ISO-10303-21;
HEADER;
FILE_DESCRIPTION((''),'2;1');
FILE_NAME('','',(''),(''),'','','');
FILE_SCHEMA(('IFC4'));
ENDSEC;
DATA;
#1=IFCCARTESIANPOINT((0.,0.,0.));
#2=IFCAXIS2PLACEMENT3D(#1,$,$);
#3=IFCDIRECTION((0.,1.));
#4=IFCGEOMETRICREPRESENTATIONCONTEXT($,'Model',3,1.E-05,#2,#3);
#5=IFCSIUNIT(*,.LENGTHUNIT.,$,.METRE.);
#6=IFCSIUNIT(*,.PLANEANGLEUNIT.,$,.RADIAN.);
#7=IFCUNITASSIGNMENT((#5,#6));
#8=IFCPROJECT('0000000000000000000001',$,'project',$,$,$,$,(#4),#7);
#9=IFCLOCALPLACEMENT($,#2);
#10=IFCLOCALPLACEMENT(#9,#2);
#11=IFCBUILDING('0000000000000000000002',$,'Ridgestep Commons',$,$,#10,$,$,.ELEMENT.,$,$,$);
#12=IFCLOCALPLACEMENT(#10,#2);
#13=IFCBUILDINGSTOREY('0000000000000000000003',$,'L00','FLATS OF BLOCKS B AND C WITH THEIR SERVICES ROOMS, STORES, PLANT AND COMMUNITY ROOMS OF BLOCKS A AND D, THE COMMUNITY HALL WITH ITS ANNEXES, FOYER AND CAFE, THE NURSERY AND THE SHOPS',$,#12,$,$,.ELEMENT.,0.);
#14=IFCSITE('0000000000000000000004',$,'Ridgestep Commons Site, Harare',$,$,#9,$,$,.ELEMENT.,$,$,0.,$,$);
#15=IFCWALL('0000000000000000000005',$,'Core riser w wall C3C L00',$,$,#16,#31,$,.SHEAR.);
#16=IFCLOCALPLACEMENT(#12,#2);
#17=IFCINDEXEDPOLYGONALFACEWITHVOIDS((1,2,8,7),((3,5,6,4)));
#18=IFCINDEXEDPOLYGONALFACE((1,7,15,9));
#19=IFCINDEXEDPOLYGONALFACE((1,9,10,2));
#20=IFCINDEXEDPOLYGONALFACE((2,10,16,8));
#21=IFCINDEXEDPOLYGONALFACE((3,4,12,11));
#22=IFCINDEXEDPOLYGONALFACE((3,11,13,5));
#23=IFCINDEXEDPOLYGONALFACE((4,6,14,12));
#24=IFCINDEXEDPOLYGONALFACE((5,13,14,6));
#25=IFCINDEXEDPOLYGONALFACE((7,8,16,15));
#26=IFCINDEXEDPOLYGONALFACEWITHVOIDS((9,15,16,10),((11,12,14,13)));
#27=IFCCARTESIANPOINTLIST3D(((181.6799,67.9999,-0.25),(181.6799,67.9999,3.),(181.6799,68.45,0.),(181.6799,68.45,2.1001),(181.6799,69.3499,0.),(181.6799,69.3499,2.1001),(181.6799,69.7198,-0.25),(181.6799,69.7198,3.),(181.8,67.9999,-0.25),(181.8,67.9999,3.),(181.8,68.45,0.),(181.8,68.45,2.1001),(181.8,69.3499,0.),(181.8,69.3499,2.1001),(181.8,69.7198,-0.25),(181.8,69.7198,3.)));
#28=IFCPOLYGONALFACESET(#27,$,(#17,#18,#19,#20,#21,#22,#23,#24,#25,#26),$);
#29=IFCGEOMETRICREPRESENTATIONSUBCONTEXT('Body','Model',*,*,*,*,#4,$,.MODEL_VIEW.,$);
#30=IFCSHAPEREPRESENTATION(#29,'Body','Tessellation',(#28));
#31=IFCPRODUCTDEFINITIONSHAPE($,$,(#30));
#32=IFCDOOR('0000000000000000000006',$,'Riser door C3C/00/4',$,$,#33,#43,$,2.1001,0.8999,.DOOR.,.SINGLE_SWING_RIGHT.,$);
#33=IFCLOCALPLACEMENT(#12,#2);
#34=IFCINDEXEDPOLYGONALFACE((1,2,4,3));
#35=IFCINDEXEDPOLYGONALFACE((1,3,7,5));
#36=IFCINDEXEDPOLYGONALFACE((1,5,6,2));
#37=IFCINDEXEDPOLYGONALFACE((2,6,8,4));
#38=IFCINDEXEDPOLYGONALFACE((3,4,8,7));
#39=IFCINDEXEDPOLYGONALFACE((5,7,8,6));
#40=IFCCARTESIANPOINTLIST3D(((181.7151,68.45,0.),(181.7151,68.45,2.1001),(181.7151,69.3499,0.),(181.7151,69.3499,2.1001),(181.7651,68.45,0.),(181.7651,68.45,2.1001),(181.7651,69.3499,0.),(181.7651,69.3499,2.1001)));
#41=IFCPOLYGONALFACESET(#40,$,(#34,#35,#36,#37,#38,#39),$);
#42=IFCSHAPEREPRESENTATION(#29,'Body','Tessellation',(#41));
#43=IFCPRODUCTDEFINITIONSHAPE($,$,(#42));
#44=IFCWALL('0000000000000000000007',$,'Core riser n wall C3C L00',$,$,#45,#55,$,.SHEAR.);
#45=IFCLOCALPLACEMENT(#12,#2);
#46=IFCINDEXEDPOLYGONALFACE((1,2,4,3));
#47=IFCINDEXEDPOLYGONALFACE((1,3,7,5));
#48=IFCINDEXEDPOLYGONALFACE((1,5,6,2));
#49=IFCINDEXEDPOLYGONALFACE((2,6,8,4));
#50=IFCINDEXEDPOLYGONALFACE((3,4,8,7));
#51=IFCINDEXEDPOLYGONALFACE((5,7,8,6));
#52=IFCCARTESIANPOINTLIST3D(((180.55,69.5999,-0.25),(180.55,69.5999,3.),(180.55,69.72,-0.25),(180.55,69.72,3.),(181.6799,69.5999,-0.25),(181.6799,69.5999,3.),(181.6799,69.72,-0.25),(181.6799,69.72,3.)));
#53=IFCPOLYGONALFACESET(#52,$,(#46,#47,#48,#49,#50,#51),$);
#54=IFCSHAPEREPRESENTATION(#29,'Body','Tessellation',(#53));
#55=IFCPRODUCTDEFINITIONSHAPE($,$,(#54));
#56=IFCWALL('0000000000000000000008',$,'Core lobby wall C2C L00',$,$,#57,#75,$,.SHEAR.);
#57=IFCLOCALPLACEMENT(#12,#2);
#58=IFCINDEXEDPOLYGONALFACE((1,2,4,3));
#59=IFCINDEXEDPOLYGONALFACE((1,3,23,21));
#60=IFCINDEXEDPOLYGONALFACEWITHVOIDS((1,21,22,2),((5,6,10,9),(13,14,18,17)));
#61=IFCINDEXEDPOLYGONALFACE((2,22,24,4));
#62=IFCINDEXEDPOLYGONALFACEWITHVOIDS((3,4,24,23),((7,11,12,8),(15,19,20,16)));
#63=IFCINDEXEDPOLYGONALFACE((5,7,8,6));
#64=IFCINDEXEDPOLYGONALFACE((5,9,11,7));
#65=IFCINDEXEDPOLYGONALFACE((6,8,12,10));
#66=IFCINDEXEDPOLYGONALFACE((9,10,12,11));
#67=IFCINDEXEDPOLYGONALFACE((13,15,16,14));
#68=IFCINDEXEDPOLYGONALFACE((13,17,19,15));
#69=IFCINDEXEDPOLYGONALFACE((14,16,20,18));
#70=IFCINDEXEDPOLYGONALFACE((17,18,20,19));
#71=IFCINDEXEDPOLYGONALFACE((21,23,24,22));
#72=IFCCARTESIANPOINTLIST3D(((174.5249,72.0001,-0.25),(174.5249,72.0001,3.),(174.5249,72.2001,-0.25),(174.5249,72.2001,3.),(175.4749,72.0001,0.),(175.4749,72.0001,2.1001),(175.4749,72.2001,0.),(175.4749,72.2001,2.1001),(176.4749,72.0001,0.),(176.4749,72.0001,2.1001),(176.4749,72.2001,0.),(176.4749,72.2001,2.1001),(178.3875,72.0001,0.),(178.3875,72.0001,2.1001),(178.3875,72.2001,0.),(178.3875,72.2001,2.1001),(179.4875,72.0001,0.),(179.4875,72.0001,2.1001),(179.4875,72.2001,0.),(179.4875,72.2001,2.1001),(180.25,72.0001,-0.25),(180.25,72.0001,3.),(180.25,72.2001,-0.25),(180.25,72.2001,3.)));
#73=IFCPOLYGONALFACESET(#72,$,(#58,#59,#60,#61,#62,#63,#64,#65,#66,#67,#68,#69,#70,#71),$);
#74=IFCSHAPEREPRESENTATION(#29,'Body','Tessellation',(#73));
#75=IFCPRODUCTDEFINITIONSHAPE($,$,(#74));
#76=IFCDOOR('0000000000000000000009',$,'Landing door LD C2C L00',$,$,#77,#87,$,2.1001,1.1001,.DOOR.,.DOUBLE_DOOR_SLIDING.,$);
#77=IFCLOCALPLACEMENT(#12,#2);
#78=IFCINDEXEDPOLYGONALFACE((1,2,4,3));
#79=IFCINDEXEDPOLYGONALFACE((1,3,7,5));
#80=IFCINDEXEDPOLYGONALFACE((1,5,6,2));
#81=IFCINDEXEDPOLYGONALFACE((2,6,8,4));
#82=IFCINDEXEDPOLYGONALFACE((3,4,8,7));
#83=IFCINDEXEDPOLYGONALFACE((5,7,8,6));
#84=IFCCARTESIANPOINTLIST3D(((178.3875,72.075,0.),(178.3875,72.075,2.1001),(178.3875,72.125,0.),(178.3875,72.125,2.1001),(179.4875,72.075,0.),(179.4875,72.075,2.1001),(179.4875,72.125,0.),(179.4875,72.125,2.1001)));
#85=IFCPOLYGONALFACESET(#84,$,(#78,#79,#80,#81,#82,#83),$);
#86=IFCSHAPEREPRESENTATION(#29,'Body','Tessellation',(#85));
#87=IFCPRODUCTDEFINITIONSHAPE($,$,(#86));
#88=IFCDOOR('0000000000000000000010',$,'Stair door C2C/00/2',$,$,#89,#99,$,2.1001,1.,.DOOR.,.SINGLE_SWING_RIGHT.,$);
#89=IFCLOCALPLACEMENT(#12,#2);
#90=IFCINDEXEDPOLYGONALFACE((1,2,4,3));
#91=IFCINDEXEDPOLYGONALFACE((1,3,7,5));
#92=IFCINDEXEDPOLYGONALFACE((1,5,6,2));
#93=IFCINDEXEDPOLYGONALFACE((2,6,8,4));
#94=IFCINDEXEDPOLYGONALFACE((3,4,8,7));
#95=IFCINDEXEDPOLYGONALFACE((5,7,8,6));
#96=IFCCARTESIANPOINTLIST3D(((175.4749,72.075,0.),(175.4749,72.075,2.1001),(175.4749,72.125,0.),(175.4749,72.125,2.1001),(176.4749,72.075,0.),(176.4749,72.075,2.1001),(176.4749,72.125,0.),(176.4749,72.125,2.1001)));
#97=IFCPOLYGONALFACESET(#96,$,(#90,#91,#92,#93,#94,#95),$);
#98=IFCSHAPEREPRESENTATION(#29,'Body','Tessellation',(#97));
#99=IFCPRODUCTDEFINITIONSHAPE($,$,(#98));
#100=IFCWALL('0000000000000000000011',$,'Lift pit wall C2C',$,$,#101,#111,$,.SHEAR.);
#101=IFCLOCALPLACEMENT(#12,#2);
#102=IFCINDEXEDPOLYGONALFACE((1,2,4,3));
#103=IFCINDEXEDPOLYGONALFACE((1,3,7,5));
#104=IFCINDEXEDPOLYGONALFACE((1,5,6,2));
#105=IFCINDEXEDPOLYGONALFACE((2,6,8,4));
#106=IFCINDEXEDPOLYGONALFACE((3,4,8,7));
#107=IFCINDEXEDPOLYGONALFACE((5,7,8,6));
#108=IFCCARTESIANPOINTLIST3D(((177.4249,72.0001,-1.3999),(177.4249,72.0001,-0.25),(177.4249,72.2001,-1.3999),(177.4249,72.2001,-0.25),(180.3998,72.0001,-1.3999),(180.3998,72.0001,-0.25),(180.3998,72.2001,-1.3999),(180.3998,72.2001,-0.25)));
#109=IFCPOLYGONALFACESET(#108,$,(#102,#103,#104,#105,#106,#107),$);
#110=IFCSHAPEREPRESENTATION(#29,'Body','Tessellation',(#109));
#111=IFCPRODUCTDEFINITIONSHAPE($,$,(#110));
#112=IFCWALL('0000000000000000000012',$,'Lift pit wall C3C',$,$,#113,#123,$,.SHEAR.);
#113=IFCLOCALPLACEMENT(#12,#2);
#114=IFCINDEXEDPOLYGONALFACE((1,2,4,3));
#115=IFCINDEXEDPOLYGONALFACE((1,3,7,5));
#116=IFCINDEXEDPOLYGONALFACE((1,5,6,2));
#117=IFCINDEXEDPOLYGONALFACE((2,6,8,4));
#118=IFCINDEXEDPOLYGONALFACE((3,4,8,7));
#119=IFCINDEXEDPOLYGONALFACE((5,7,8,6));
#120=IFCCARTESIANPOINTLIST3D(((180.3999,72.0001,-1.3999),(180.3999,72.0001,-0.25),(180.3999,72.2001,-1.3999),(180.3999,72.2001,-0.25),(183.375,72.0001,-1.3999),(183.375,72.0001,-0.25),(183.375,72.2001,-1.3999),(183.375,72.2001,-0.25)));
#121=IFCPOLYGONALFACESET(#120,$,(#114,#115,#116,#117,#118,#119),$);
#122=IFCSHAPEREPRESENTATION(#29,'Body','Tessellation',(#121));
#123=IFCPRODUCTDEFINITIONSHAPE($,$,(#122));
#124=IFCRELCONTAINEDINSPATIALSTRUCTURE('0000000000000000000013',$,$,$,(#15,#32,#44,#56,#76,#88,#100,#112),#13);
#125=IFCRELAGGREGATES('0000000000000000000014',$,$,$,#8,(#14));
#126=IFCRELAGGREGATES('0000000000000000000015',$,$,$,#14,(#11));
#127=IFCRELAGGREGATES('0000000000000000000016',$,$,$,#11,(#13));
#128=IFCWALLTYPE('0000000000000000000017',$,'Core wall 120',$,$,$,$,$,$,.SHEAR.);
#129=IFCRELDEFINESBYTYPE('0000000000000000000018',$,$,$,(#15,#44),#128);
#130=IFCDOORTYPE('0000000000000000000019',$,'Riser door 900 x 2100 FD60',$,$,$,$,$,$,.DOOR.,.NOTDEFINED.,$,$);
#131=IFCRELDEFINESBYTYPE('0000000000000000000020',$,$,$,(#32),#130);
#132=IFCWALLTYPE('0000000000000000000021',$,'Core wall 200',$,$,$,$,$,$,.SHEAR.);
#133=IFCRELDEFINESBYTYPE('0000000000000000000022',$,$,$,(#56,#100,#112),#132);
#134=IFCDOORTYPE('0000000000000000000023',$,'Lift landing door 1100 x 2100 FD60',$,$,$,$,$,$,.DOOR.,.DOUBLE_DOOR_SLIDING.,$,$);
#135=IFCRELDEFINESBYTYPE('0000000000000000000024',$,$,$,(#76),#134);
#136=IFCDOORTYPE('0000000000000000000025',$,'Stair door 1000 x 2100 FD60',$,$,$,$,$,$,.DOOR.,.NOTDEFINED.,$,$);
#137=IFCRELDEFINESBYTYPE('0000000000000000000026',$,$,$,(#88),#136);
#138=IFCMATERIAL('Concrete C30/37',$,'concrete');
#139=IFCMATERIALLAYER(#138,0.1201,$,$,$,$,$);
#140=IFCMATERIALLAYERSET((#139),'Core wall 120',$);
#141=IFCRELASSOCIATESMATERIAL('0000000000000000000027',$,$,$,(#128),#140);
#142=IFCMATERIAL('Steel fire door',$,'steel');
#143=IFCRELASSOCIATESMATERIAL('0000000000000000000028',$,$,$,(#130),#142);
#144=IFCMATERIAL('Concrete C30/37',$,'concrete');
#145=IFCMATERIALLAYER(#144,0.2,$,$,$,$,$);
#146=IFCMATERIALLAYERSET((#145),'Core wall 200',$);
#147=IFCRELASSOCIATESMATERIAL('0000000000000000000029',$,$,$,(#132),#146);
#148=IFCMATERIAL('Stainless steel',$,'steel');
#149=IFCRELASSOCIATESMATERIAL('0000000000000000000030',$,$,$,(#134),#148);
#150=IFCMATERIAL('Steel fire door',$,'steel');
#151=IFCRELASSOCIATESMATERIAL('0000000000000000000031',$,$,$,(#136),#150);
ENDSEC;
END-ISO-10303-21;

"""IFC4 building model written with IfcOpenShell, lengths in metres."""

from ifc_helpers import new_model, si_unit, direction, frame, frame_2d, origin, place, context, subcontext, project, spatial, rectangle, extrude, material, layer, layer_set, type_object, element, fill, save


model = new_model("IFC4")

# Units and contexts
model_context = context("Model", 3, precision=1e-05, world=origin(), true_north=direction((0.0, 1.0)))
body_context = subcontext(model_context, "Body", "Model", "MODEL_VIEW")
ifc_project = project(units=[si_unit("LENGTHUNIT", "METRE"), si_unit("PLANEANGLEUNIT", "RADIAN")], contexts=[model_context])

# Site, building, storey
site_placement = place(None, origin())
site = spatial("IfcSite", under=ifc_project, at=site_placement, Name="Ridgestep Commons Site, Harare", CompositionType="ELEMENT", RefElevation=0.0)
building_placement = place(site_placement, origin())
building = spatial("IfcBuilding", under=site, at=building_placement, Name="Ridgestep Commons", CompositionType="ELEMENT")
storey_placement = place(building_placement, origin())
storey = spatial("IfcBuildingStorey", under=building, at=storey_placement, Name="L00", Description="FLATS OF BLOCKS B AND C WITH THEIR SERVICES ROOMS, STORES, PLANT AND COMMUNITY ROOMS OF BLOCKS A AND D, THE COMMUNITY HALL WITH ITS ANNEXES, FOYER AND CAFE, THE NURSERY AND THE SHOPS", CompositionType="ELEMENT", Elevation=0.0)

# Shared definitions
ifc_material_1 = material(Name="Concrete C30/37", Category="concrete")
ifc_layer_1 = layer(ifc_material_1, 0.1201)
ifc_layer_set_1 = layer_set([ifc_layer_1], Name="Core wall 120")
wall_type_1 = type_object("IfcWallType", Name="Core wall 120", PredefinedType="SHEAR", material=ifc_layer_set_1)
ifc_material_2 = material(Name="Steel fire door", Category="steel")
door_type_1 = type_object("IfcDoorType", Name="Riser door 900 x 2100 FD60", OperationType="NOTDEFINED", PredefinedType="DOOR", material=ifc_material_2)

# Wall, opening, door
wall_1_placement = place(storey_placement, frame((181.74, 68.0, -0.25), z_axis=(0.0, 0.0, 1.0), x_axis=(0.0, 1.0, 0.0)))
wall_1 = element("IfcWall", 1, at=wall_1_placement, inside=storey, type_object=wall_type_1, Name="Core riser w wall C3C L00", PredefinedType="SHEAR", context=body_context, shape_type="SweptSolid", body=[
    extrude(rectangle(XDim=1.72, YDim=0.1201, at=frame_2d((0.8599, 0.0))), origin(), (0.0, 0.0, 1.0), 3.25),
])
opening_1_placement = place(wall_1_placement, frame((0.45, 0.0, 0.25)))
opening_1 = element("IfcOpeningElement", 2, at=opening_1_placement, cuts=wall_1, PredefinedType="OPENING", context=body_context, shape_type="SweptSolid", body=[
    extrude(rectangle(XDim=0.8999, YDim=2.1001, at=frame_2d((0.45, 1.05))), frame((0.0, 0.0701, 0.0), z_axis=(0.0, -1.0, 0.0), x_axis=(1.0, 0.0, 0.0)), (0.0, 0.0, 1.0), 0.1401),
])
door_1_placement = place(opening_1_placement, origin())
door_1 = element("IfcDoor", 3, at=door_1_placement, inside=storey, type_object=door_type_1, Name="Riser door C3C/00/4", OperationType="SINGLE_SWING_RIGHT", OverallHeight=2.1001, OverallWidth=0.8999, PredefinedType="DOOR", context=body_context, shape_type="SweptSolid", body=[
    extrude(rectangle(XDim=0.8999, YDim=2.1001, at=frame_2d((0.45, 1.05))), frame((0.0, 0.0249, 0.0), z_axis=(0.0, -1.0, 0.0), x_axis=(1.0, 0.0, 0.0)), (0.0, 0.0, 1.0), 0.05),
])
fill(opening_1, door_1)

# Wall
wall_2_placement = place(storey_placement, frame((180.55, 69.6599, -0.25), z_axis=(0.0, 0.0, 1.0), x_axis=(1.0, 0.0, 0.0)))
element("IfcWall", 4, at=wall_2_placement, inside=storey, type_object=wall_type_1, Name="Core riser n wall C3C L00", PredefinedType="SHEAR", context=body_context, shape_type="SweptSolid", body=[
    extrude(rectangle(XDim=1.1299, YDim=0.1201, at=frame_2d((0.5649, 0.0))), origin(), (0.0, 0.0, 1.0), 3.25),
])

# Wall, openings, doors
ifc_material_3 = material(Name="Concrete C30/37", Category="concrete")
ifc_layer_2 = layer(ifc_material_3, 0.2)
ifc_layer_set_2 = layer_set([ifc_layer_2], Name="Core wall 200")
wall_type_2 = type_object("IfcWallType", Name="Core wall 200", PredefinedType="SHEAR", material=ifc_layer_set_2)
wall_3_placement = place(storey_placement, frame((174.5249, 72.1001, -0.25), z_axis=(0.0, 0.0, 1.0), x_axis=(1.0, 0.0, 0.0)))
wall_3 = element("IfcWall", 5, at=wall_3_placement, inside=storey, type_object=wall_type_2, Name="Core lobby wall C2C L00", PredefinedType="SHEAR", context=body_context, shape_type="SweptSolid", body=[
    extrude(rectangle(XDim=5.7251, YDim=0.2, at=frame_2d((2.8625, 0.0))), origin(), (0.0, 0.0, 1.0), 3.25),
])
opening_2_placement = place(wall_3_placement, frame((0.95, 0.0, 0.25)))
opening_2 = element("IfcOpeningElement", 6, at=opening_2_placement, cuts=wall_3, PredefinedType="OPENING", context=body_context, shape_type="SweptSolid", body=[
    extrude(rectangle(XDim=1.0, YDim=2.1001, at=frame_2d((0.5, 1.05))), frame((0.0, 0.1099, 0.0), z_axis=(0.0, -1.0, 0.0), x_axis=(1.0, 0.0, 0.0)), (0.0, 0.0, 1.0), 0.22),
])
opening_3_placement = place(wall_3_placement, frame((3.8625, 0.0, 0.25)))
opening_3 = element("IfcOpeningElement", 7, at=opening_3_placement, cuts=wall_3, PredefinedType="OPENING", context=body_context, shape_type="SweptSolid", body=[
    extrude(rectangle(XDim=1.1001, YDim=2.1001, at=frame_2d((0.55, 1.05))), frame((0.0, 0.1099, 0.0), z_axis=(0.0, -1.0, 0.0), x_axis=(1.0, 0.0, 0.0)), (0.0, 0.0, 1.0), 0.22),
])
ifc_material_4 = material(Name="Stainless steel", Category="steel")
door_type_2 = type_object("IfcDoorType", Name="Lift landing door 1100 x 2100 FD60", OperationType="DOUBLE_DOOR_SLIDING", PredefinedType="DOOR", material=ifc_material_4)
door_2_placement = place(opening_3_placement, origin())
door_2 = element("IfcDoor", 8, at=door_2_placement, inside=storey, type_object=door_type_2, Name="Landing door LD C2C L00", OperationType="DOUBLE_DOOR_SLIDING", OverallHeight=2.1001, OverallWidth=1.1001, PredefinedType="DOOR", context=body_context, shape_type="SweptSolid", body=[
    extrude(rectangle(XDim=1.1001, YDim=2.1001, at=frame_2d((0.55, 1.05))), frame((0.0, 0.0249, 0.0), z_axis=(0.0, -1.0, 0.0), x_axis=(1.0, 0.0, 0.0)), (0.0, 0.0, 1.0), 0.05),
])
fill(opening_3, door_2)
ifc_material_5 = material(Name="Steel fire door", Category="steel")
door_type_3 = type_object("IfcDoorType", Name="Stair door 1000 x 2100 FD60", OperationType="NOTDEFINED", PredefinedType="DOOR", material=ifc_material_5)
door_3_placement = place(opening_2_placement, origin())
door_3 = element("IfcDoor", 9, at=door_3_placement, inside=storey, type_object=door_type_3, Name="Stair door C2C/00/2", OperationType="SINGLE_SWING_RIGHT", OverallHeight=2.1001, OverallWidth=1.0, PredefinedType="DOOR", context=body_context, shape_type="SweptSolid", body=[
    extrude(rectangle(XDim=1.0, YDim=2.1001, at=frame_2d((0.5, 1.05))), frame((0.0, 0.0249, 0.0), z_axis=(0.0, -1.0, 0.0), x_axis=(1.0, 0.0, 0.0)), (0.0, 0.0, 1.0), 0.05),
])
fill(opening_2, door_3)

# Walls
wall_4_placement = place(storey_placement, frame((177.425, 72.1001, -1.3999), z_axis=(0.0, 0.0, 1.0), x_axis=(1.0, 0.0, 0.0)))
element("IfcWall", 10, at=wall_4_placement, inside=storey, type_object=wall_type_2, Name="Lift pit wall C2C", PredefinedType="SHEAR", context=body_context, shape_type="SweptSolid", body=[
    extrude(rectangle(XDim=2.9749, YDim=0.2, at=frame_2d((1.4873, 0.0))), origin(), (0.0, 0.0, 1.0), 1.1499),
])
wall_5_placement = place(storey_placement, frame((180.3999, 72.1001, -1.3999), z_axis=(0.0, 0.0, 1.0), x_axis=(1.0, 0.0, 0.0)))
element("IfcWall", 11, at=wall_5_placement, inside=storey, type_object=wall_type_2, Name="Lift pit wall C3C", PredefinedType="SHEAR", context=body_context, shape_type="SweptSolid", body=[
    extrude(rectangle(XDim=2.9751, YDim=0.2, at=frame_2d((1.4875, 0.0))), origin(), (0.0, 0.0, 1.0), 1.1499),
])

save(model, "model.ifc")
